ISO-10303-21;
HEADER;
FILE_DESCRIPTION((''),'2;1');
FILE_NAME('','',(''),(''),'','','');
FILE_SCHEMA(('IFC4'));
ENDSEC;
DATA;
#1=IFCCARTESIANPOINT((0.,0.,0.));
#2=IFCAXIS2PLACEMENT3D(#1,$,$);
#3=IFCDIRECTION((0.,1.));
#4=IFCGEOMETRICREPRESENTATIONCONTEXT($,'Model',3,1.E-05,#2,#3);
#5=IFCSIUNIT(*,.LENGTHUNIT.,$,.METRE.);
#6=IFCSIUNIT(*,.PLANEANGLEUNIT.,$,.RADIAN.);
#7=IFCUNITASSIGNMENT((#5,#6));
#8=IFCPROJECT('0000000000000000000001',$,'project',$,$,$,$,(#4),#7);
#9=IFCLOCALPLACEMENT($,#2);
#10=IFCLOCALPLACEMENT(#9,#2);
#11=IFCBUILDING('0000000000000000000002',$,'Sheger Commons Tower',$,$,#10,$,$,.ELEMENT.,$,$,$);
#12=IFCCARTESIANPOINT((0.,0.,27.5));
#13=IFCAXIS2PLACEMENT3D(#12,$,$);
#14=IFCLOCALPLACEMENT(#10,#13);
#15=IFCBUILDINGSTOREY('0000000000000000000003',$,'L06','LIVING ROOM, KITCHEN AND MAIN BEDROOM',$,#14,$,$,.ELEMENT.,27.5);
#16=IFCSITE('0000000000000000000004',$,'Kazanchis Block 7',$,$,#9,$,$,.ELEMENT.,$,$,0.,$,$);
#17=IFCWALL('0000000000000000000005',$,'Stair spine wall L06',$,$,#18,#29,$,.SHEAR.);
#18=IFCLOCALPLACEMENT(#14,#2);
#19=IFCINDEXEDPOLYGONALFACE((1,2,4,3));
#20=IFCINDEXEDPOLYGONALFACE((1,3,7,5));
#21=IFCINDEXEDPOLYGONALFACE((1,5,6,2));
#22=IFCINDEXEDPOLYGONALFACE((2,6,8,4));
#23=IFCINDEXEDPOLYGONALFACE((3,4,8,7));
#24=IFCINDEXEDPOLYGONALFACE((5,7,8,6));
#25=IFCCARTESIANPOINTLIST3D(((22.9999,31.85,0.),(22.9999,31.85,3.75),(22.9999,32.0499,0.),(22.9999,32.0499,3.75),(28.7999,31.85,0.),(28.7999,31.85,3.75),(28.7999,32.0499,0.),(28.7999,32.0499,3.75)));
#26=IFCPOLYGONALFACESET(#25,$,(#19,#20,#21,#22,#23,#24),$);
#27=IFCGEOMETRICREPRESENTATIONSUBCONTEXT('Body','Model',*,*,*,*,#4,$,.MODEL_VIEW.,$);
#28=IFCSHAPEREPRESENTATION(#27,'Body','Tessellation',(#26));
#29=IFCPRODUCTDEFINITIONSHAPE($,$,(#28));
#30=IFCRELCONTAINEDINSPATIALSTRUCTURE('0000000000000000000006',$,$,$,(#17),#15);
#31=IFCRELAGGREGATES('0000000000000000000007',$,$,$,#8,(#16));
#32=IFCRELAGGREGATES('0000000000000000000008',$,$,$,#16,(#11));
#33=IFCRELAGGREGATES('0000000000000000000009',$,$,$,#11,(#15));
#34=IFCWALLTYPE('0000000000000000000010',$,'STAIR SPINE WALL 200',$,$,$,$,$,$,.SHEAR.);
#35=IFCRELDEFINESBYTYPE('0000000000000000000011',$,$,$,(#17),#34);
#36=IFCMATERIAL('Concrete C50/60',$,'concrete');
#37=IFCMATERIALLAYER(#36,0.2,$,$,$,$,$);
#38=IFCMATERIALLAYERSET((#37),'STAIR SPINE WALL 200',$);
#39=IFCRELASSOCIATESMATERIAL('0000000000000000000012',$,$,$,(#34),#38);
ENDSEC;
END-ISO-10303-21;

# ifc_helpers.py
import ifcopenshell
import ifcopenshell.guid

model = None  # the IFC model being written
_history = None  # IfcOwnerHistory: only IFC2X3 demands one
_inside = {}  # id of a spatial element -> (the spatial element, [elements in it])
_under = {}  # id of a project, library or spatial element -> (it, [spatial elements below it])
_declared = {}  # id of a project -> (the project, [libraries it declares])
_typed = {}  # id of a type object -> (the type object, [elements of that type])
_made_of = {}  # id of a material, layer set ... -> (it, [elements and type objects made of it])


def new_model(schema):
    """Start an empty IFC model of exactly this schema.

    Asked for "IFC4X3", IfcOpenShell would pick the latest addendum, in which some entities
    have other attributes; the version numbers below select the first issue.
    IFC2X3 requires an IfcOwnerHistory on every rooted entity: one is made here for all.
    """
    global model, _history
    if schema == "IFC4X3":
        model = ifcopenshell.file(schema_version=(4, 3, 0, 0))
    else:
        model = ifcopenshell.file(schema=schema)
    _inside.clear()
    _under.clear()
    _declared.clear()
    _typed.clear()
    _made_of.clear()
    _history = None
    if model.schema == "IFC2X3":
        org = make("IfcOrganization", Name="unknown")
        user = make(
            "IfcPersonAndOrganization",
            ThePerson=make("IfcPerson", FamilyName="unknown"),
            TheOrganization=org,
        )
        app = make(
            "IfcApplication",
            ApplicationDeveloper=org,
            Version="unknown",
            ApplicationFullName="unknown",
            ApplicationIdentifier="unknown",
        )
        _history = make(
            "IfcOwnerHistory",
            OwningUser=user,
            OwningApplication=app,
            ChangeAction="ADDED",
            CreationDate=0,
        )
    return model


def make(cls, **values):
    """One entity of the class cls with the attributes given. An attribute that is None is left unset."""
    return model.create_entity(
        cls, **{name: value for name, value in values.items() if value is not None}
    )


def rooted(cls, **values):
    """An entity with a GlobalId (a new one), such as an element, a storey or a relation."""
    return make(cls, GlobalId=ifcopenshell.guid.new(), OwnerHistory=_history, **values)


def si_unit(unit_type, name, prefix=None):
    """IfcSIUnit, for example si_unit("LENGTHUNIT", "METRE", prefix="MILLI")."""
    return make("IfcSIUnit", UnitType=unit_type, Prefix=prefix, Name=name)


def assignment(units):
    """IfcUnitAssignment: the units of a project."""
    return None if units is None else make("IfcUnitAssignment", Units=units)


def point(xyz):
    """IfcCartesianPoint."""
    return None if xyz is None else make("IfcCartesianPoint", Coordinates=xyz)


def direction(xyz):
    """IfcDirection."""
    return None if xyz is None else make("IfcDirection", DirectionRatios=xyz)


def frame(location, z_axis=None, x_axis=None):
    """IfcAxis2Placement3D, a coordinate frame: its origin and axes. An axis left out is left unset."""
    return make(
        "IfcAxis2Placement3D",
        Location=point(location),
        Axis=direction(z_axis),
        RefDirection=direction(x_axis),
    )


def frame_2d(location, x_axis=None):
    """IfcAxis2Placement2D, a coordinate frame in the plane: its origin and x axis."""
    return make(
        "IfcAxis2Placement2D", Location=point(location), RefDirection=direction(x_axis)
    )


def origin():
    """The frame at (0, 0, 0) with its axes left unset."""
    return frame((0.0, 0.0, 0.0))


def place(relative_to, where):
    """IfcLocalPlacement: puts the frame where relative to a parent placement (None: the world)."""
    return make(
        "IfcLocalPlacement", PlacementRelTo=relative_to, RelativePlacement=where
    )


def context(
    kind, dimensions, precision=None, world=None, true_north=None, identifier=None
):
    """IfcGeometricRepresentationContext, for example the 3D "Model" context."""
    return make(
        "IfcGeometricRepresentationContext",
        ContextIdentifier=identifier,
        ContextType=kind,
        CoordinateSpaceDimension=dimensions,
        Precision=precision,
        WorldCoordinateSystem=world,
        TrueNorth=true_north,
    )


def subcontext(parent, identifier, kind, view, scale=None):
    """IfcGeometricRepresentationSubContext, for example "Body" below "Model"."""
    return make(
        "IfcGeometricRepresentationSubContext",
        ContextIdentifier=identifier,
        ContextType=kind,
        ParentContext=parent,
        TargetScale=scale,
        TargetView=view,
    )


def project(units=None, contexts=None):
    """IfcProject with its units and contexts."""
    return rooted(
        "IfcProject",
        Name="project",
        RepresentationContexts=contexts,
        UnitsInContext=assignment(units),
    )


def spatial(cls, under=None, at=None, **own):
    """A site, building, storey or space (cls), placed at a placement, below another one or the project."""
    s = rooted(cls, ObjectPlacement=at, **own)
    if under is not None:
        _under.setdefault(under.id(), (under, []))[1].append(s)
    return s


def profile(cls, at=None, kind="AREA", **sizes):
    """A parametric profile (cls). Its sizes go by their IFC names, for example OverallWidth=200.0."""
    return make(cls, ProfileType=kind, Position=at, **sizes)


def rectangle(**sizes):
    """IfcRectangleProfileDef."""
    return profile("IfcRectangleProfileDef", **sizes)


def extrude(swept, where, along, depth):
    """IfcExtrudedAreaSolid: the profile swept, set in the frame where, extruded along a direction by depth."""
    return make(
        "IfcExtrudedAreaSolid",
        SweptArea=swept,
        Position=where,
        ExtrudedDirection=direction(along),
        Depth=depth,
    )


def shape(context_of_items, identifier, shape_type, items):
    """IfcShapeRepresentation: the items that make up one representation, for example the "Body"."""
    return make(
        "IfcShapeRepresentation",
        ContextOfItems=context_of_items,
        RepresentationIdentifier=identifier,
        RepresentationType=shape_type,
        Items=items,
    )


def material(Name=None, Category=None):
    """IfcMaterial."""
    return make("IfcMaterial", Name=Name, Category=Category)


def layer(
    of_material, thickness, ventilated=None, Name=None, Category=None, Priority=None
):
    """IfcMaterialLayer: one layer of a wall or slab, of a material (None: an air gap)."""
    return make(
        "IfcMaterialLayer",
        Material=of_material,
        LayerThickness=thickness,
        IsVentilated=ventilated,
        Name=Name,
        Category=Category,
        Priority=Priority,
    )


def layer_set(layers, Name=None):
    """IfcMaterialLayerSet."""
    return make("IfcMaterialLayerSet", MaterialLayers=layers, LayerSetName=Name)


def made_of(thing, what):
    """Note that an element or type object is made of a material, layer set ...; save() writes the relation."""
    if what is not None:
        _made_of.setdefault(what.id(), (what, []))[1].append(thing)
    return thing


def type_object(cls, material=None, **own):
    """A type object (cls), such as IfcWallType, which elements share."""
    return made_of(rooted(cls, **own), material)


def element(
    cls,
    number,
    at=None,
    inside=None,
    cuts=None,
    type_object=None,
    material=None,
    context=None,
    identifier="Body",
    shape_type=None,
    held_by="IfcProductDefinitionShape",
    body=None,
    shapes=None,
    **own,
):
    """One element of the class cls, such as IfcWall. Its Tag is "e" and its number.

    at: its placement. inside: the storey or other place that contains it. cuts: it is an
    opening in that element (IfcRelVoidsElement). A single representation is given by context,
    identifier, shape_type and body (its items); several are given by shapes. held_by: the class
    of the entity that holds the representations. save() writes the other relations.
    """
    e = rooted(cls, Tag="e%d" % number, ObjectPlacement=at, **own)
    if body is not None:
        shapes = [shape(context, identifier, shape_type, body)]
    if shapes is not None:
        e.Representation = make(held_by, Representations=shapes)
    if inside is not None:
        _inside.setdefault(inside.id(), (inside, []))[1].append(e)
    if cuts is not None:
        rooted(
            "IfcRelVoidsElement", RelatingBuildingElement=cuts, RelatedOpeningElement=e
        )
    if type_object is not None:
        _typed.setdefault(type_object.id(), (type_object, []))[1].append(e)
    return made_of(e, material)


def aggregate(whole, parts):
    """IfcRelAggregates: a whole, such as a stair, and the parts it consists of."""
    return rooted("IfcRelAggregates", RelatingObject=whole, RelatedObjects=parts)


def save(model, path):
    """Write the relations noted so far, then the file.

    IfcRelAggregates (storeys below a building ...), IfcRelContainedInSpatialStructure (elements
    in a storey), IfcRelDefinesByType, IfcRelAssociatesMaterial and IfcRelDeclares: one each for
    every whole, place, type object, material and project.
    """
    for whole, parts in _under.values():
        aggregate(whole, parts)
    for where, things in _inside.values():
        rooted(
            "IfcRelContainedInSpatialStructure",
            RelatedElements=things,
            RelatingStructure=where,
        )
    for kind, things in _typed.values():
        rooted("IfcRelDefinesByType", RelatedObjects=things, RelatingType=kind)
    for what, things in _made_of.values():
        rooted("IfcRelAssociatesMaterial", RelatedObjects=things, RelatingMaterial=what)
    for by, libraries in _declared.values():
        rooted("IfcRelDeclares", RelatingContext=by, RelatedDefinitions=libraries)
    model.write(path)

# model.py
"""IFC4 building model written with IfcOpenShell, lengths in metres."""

from ifc_helpers import new_model, si_unit, direction, frame, frame_2d, origin, place, context, subcontext, project, spatial, rectangle, extrude, material, layer, layer_set, type_object, element, save


model = new_model("IFC4")

# Units and contexts
model_context = context("Model", 3, precision=1e-05, world=origin(), true_north=direction((0.0, 1.0)))
body_context = subcontext(model_context, "Body", "Model", "MODEL_VIEW")
ifc_project = project(units=[si_unit("LENGTHUNIT", "METRE"), si_unit("PLANEANGLEUNIT", "RADIAN")], contexts=[model_context])

# Site, building, storey
site_placement = place(None, origin())
site = spatial("IfcSite", under=ifc_project, at=site_placement, Name="Kazanchis Block 7", CompositionType="ELEMENT", RefElevation=0.0)
building_placement = place(site_placement, origin())
building = spatial("IfcBuilding", under=site, at=building_placement, Name="Sheger Commons Tower", CompositionType="ELEMENT")
storey_placement = place(building_placement, frame((0.0, 0.0, 27.5)))
storey = spatial("IfcBuildingStorey", under=building, at=storey_placement, Name="L06", Description="LIVING ROOM, KITCHEN AND MAIN BEDROOM", CompositionType="ELEMENT", Elevation=27.5)

# Wall
ifc_material_1 = material(Name="Concrete C50/60", Category="concrete")
ifc_layer_1 = layer(ifc_material_1, 0.2)
ifc_layer_set_1 = layer_set([ifc_layer_1], Name="STAIR SPINE WALL 200")
wall_type_1 = type_object("IfcWallType", Name="STAIR SPINE WALL 200", PredefinedType="SHEAR", material=ifc_layer_set_1)
wall_1_placement = place(storey_placement, frame((23.0, 31.95, 0.0), z_axis=(0.0, 0.0, 1.0), x_axis=(1.0, 0.0, 0.0)))
element("IfcWall", 1, at=wall_1_placement, inside=storey, type_object=wall_type_1, Name="Stair spine wall L06", PredefinedType="SHEAR", context=body_context, shape_type="SweptSolid", body=[
    extrude(rectangle(XDim=5.8, YDim=0.2, at=frame_2d((2.8999, 0.0))), origin(), (0.0, 0.0, 1.0), 3.75),
])

save(model, "model.ifc")
